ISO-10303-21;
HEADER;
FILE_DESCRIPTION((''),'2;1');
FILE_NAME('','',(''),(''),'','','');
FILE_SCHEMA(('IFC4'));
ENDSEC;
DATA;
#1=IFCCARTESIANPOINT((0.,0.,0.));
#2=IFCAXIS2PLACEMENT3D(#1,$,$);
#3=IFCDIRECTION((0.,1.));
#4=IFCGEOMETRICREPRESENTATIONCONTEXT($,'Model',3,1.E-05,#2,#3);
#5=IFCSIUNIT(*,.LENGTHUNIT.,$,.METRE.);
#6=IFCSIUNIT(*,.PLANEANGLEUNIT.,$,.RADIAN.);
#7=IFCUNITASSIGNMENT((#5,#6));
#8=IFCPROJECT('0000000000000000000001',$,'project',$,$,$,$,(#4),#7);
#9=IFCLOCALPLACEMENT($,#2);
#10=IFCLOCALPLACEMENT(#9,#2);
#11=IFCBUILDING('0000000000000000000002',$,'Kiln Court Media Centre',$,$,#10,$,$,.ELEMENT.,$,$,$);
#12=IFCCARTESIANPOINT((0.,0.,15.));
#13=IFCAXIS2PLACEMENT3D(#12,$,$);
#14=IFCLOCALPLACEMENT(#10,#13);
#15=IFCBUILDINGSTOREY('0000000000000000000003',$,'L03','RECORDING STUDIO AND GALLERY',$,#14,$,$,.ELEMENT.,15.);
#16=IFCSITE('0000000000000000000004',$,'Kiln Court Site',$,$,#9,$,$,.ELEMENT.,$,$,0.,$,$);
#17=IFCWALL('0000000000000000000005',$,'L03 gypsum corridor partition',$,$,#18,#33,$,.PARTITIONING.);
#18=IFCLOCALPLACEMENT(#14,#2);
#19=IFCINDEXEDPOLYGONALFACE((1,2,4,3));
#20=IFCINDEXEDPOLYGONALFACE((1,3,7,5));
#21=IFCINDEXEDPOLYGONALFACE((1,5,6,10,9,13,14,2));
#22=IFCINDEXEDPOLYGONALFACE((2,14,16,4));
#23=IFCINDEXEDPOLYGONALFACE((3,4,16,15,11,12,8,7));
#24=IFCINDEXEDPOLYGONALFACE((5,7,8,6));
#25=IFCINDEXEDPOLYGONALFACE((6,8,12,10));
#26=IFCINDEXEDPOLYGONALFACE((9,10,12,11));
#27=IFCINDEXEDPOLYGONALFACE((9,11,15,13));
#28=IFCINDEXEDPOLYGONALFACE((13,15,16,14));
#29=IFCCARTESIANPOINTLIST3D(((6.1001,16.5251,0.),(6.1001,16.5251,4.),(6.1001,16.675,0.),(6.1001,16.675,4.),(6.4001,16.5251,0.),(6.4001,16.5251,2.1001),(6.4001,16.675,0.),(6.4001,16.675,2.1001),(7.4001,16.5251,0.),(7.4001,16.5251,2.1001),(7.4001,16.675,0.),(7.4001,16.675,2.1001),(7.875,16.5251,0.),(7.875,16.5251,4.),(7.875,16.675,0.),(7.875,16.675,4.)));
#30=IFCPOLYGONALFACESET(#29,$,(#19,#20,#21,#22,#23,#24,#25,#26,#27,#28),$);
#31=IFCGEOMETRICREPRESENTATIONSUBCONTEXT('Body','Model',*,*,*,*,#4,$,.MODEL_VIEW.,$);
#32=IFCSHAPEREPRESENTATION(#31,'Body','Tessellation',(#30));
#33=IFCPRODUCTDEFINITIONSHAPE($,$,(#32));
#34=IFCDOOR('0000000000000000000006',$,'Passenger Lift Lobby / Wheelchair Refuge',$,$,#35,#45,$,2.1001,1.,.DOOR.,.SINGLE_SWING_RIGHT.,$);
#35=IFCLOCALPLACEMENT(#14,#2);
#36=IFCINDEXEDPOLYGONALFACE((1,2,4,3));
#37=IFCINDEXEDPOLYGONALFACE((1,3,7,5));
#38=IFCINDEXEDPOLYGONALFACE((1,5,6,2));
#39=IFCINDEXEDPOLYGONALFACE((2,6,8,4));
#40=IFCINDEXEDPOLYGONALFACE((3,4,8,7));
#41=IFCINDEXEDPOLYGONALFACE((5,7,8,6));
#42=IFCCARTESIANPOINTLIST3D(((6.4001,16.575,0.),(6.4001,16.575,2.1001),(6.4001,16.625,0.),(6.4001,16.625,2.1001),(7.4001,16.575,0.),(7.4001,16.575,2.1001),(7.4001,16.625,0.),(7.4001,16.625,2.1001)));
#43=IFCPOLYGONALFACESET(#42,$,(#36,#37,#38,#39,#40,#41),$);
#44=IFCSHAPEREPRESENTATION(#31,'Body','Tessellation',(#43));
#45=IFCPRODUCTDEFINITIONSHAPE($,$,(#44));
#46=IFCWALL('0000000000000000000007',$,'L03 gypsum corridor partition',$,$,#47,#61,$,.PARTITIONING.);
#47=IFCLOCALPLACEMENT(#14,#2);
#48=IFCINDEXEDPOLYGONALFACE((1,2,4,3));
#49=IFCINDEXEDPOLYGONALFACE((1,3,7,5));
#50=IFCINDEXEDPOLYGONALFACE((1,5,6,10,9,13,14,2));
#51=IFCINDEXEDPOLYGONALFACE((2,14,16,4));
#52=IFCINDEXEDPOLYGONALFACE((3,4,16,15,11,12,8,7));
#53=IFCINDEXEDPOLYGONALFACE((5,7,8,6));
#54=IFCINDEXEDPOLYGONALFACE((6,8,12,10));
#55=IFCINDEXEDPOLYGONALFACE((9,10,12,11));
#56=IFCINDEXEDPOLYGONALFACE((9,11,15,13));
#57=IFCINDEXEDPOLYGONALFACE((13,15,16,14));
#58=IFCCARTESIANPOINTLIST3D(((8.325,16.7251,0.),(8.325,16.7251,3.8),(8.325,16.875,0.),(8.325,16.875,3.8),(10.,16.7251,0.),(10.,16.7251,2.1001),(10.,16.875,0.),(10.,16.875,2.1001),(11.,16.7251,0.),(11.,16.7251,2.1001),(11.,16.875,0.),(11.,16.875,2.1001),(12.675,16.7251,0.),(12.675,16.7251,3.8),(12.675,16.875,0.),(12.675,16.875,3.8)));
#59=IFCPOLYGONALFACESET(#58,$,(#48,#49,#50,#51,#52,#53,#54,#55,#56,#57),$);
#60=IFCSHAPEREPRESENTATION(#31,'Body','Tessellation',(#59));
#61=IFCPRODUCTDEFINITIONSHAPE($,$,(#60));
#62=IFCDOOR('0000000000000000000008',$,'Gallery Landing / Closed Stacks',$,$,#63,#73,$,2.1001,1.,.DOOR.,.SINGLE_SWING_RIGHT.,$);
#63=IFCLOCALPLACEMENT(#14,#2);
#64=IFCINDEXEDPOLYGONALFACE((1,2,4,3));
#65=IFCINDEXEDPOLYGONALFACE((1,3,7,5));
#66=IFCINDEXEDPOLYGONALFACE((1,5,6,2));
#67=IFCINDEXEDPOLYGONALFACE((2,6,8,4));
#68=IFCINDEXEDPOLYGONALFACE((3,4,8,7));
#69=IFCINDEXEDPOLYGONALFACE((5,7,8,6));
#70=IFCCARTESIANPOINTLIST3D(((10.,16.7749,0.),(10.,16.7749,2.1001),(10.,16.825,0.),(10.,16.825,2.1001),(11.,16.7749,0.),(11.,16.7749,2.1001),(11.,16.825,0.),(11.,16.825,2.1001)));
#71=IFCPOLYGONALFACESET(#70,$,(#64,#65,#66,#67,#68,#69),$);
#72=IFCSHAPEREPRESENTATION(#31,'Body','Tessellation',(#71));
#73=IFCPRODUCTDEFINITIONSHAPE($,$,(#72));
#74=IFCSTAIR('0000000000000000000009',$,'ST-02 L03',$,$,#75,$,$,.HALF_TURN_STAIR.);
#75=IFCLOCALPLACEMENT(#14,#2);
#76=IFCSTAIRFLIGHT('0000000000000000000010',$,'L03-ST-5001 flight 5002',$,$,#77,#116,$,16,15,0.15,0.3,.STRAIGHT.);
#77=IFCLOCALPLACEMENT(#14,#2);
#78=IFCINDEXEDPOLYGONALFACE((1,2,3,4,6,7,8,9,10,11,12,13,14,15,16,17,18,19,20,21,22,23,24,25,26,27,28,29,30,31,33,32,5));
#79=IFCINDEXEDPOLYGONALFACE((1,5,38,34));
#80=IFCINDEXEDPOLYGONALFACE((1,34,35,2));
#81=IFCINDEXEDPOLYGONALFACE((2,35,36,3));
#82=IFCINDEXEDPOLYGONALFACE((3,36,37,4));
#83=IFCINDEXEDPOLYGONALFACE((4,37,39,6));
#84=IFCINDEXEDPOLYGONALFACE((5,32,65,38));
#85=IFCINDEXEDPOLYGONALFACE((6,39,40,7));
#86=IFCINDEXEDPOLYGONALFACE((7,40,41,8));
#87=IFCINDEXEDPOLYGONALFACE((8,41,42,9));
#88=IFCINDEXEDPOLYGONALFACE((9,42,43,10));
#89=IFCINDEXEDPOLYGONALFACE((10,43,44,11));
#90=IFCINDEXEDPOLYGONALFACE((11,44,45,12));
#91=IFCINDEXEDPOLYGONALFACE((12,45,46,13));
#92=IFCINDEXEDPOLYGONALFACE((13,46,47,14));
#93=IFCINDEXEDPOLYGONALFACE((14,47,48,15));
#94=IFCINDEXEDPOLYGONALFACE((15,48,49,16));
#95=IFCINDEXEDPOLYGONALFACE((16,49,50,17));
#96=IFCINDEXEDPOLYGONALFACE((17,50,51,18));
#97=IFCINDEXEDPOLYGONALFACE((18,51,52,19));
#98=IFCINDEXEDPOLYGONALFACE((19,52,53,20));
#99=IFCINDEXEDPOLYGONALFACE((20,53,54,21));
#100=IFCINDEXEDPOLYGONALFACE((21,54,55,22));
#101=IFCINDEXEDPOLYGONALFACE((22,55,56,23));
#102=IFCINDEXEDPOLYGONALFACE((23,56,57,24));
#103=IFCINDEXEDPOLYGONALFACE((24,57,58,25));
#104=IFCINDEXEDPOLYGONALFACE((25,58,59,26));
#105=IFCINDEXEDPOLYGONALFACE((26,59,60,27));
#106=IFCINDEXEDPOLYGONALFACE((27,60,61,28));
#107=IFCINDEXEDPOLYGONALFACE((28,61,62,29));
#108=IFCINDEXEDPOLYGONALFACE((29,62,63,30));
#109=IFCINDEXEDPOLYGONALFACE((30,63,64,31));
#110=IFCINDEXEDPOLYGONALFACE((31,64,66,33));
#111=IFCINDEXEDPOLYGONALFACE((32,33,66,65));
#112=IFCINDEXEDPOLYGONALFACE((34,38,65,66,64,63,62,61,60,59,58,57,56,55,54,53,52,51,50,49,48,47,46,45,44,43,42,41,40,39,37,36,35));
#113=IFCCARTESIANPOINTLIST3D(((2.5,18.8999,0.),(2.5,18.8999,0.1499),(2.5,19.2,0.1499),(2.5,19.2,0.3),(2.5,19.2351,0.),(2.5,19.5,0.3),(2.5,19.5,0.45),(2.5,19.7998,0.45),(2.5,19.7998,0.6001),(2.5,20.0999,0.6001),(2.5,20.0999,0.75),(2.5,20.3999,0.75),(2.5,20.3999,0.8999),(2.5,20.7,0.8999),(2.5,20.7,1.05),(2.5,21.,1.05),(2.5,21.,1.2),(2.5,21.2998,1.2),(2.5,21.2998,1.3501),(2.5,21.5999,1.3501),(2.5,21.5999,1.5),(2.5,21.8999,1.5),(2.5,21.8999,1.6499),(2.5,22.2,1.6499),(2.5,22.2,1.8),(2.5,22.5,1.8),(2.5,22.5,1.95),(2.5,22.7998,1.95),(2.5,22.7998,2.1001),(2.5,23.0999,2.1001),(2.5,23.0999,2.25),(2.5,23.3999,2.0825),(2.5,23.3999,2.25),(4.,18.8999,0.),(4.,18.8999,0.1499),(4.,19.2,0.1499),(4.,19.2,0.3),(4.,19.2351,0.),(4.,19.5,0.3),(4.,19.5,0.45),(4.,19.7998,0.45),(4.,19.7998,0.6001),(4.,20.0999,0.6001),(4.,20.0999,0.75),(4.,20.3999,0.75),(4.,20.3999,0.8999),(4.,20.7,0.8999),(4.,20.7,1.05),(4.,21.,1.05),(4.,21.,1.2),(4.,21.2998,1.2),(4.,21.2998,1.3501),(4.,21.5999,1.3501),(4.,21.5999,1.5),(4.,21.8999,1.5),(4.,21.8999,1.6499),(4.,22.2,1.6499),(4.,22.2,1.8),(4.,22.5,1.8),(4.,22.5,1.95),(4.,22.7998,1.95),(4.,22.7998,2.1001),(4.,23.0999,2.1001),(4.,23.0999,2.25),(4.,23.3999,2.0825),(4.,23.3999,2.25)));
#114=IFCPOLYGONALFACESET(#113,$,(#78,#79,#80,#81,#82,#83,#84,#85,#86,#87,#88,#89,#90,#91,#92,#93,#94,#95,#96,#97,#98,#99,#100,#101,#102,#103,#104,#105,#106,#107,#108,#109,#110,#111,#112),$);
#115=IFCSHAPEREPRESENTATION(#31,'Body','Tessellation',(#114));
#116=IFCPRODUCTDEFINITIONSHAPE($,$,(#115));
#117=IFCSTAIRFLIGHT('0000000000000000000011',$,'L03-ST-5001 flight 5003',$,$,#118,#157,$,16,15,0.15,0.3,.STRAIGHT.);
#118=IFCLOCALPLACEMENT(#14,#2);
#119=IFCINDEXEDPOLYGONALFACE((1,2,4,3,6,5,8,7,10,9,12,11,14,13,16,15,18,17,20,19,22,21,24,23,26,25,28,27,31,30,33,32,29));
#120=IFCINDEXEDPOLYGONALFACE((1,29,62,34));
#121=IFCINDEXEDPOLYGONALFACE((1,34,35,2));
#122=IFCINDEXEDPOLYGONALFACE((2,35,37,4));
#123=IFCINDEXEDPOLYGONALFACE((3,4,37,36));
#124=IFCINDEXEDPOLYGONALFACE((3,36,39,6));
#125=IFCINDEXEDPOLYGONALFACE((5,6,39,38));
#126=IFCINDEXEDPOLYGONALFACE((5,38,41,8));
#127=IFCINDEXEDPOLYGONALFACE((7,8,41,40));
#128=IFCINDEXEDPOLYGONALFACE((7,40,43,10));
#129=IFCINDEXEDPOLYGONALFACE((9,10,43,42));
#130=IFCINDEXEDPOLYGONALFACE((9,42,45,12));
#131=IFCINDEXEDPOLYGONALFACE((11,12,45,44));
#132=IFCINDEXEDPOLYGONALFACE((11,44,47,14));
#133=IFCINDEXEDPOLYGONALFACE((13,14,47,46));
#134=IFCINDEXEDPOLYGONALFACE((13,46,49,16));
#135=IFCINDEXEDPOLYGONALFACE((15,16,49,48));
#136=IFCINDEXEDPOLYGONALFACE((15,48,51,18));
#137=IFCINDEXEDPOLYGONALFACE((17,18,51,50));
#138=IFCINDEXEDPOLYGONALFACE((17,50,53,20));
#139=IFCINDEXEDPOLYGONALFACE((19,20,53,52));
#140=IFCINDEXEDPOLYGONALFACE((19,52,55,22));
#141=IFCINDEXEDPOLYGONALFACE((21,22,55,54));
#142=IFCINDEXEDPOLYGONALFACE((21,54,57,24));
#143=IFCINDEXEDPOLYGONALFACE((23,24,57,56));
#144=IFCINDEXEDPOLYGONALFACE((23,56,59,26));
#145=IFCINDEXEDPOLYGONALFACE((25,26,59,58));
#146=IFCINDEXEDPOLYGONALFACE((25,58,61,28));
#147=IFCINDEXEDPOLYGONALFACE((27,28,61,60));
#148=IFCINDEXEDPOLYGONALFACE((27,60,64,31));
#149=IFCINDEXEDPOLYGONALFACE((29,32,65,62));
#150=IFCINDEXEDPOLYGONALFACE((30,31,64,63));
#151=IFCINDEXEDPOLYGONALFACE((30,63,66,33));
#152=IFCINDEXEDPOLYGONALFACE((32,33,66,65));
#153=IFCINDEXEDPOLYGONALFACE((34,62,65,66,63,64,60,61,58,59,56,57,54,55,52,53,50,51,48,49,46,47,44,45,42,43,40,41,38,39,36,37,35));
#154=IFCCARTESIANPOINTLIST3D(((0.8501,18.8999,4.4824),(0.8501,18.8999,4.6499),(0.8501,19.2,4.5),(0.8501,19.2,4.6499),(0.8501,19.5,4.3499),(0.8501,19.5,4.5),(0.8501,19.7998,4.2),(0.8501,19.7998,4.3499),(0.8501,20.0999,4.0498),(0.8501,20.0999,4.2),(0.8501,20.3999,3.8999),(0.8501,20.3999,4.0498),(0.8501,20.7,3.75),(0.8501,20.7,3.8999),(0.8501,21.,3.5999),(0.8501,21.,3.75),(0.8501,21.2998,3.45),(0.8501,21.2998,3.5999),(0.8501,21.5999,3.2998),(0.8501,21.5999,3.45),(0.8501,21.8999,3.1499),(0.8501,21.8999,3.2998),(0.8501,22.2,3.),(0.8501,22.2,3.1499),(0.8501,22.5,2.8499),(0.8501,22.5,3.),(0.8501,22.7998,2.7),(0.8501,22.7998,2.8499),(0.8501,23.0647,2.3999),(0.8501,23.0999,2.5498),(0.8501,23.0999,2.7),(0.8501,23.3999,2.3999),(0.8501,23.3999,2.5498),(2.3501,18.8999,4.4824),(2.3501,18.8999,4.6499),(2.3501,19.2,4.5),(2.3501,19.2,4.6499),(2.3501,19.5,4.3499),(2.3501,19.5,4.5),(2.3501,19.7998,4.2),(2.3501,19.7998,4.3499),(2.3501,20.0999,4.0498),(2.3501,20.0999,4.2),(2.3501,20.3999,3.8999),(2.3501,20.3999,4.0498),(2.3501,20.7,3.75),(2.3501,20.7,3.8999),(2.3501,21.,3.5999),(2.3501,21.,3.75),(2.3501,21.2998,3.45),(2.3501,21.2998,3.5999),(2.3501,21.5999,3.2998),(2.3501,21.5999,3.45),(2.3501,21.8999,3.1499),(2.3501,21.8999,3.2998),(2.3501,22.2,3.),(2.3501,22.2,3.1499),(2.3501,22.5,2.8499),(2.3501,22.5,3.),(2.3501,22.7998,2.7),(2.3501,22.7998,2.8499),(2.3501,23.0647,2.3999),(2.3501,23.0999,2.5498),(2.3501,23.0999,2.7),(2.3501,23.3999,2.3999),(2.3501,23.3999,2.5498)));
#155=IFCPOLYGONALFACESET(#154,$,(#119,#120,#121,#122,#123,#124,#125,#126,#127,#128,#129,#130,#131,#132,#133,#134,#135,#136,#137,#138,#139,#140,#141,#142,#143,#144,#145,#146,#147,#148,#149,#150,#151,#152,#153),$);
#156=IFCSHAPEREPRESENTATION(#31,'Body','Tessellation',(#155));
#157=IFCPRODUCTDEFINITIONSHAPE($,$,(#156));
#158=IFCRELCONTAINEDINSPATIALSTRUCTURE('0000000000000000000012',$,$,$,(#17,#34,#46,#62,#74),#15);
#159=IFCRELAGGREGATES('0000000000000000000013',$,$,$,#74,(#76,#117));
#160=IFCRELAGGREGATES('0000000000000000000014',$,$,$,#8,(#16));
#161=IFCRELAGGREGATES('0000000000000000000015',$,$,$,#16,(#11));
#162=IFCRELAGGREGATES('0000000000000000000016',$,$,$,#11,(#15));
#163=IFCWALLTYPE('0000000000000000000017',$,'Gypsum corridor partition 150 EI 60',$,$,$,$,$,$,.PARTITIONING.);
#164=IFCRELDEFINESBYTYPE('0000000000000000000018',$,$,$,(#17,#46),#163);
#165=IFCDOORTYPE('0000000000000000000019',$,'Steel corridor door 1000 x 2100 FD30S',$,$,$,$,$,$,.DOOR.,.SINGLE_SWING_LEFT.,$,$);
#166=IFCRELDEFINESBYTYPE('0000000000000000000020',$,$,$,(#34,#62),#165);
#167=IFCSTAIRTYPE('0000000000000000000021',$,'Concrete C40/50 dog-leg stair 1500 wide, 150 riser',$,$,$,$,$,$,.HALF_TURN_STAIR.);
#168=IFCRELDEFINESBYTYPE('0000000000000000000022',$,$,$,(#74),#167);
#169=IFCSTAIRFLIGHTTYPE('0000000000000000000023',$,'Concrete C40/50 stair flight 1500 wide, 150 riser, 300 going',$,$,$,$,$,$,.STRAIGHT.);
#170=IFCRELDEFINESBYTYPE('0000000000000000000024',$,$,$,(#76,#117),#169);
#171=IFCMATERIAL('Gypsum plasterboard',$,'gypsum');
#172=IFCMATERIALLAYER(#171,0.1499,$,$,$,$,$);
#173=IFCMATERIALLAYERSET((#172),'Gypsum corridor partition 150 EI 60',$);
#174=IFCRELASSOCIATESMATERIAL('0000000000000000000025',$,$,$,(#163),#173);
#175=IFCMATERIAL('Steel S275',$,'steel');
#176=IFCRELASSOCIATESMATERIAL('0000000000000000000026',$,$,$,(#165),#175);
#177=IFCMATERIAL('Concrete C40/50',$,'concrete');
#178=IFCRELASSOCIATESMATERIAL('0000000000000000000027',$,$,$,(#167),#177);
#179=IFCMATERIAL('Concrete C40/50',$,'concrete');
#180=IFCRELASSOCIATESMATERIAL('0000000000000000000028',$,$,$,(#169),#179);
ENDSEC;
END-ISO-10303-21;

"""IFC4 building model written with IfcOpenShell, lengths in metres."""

from ifc_helpers import new_model, si_unit, direction, frame, frame_2d, origin, place, context, subcontext, project, spatial, polyline, rectangle, outline, extrude, material, layer, layer_set, type_object, element, fill, aggregate, save


model = new_model("IFC4")

# Units and contexts
model_context = context("Model", 3, precision=1e-05, world=origin(), true_north=direction((0.0, 1.0)))
body_context = subcontext(model_context, "Body", "Model", "MODEL_VIEW")
ifc_project = project(units=[si_unit("LENGTHUNIT", "METRE"), si_unit("PLANEANGLEUNIT", "RADIAN")], contexts=[model_context])

# Site, building, storey
site_placement = place(None, origin())
site = spatial("IfcSite", under=ifc_project, at=site_placement, Name="Kiln Court Site", CompositionType="ELEMENT", RefElevation=0.0)
building_placement = place(site_placement, origin())
building = spatial("IfcBuilding", under=site, at=building_placement, Name="Kiln Court Media Centre", CompositionType="ELEMENT")
storey_placement = place(building_placement, frame((0.0, 0.0, 15.0)))
storey = spatial("IfcBuildingStorey", under=building, at=storey_placement, Name="L03", Description="RECORDING STUDIO AND GALLERY", CompositionType="ELEMENT", Elevation=15.0)

# Walls, openings, doors
ifc_material_1 = material(Name="Gypsum plasterboard", Category="gypsum")
ifc_layer_1 = layer(ifc_material_1, 0.1499)
ifc_layer_set_1 = layer_set([ifc_layer_1], Name="Gypsum corridor partition 150 EI 60")
wall_type_1 = type_object("IfcWallType", Name="Gypsum corridor partition 150 EI 60", PredefinedType="PARTITIONING", material=ifc_layer_set_1)
wall_1_placement = place(storey_placement, frame((6.1001, 16.6001, 0.0), z_axis=(0.0, 0.0, 1.0), x_axis=(1.0, 0.0, 0.0)))
wall_1 = element("IfcWall", 1, at=wall_1_placement, inside=storey, type_object=wall_type_1, Name="L03 gypsum corridor partition", PredefinedType="PARTITIONING", context=body_context, shape_type="SweptSolid", body=[
    extrude(rectangle(XDim=1.7749, YDim=0.1499, at=frame_2d((0.8875, 0.0))), origin(), (0.0, 0.0, 1.0), 4.0),
])
opening_1_placement = place(wall_1_placement, frame((0.3, 0.0, 0.0)))
opening_1 = element("IfcOpeningElement", 2, at=opening_1_placement, cuts=wall_1, PredefinedType="OPENING", context=body_context, shape_type="SweptSolid", body=[
    extrude(rectangle(XDim=1.0, YDim=2.1001, at=frame_2d((0.5, 1.05))), frame((0.0, 0.085, 0.0), z_axis=(0.0, -1.0, 0.0), x_axis=(1.0, 0.0, 0.0)), (0.0, 0.0, 1.0), 0.1699),
])
ifc_material_2 = material(Name="Steel S275", Category="steel")
door_type_1 = type_object("IfcDoorType", Name="Steel corridor door 1000 x 2100 FD30S", OperationType="SINGLE_SWING_LEFT", PredefinedType="DOOR", material=ifc_material_2)
door_1_placement = place(opening_1_placement, origin())
door_1 = element("IfcDoor", 3, at=door_1_placement, inside=storey, type_object=door_type_1, Name="Passenger Lift Lobby / Wheelchair Refuge", OperationType="SINGLE_SWING_RIGHT", OverallHeight=2.1001, OverallWidth=1.0, PredefinedType="DOOR", context=body_context, shape_type="SweptSolid", body=[
    extrude(rectangle(XDim=1.0, YDim=2.1001, at=frame_2d((0.5, 1.05))), frame((0.0, 0.0249, 0.0), z_axis=(0.0, -1.0, 0.0), x_axis=(1.0, 0.0, 0.0)), (0.0, 0.0, 1.0), 0.05),
])
fill(opening_1, door_1)
wall_2_placement = place(storey_placement, frame((8.325, 16.8, 0.0), z_axis=(0.0, 0.0, 1.0), x_axis=(1.0, 0.0, 0.0)))
wall_2 = element("IfcWall", 4, at=wall_2_placement, inside=storey, type_object=wall_type_1, Name="L03 gypsum corridor partition", PredefinedType="PARTITIONING", context=body_context, shape_type="SweptSolid", body=[
    extrude(rectangle(XDim=4.3501, YDim=0.1499, at=frame_2d((2.175, 0.0))), origin(), (0.0, 0.0, 1.0), 3.8),
])
opening_2_placement = place(wall_2_placement, frame((1.675, 0.0, 0.0)))
opening_2 = element("IfcOpeningElement", 5, at=opening_2_placement, cuts=wall_2, PredefinedType="OPENING", context=body_context, shape_type="SweptSolid", body=[
    extrude(rectangle(XDim=1.0, YDim=2.1001, at=frame_2d((0.5, 1.05))), frame((0.0, 0.085, 0.0), z_axis=(0.0, -1.0, 0.0), x_axis=(1.0, 0.0, 0.0)), (0.0, 0.0, 1.0), 0.1699),
])
door_2_placement = place(opening_2_placement, origin())
door_2 = element("IfcDoor", 6, at=door_2_placement, inside=storey, type_object=door_type_1, Name="Gallery Landing / Closed Stacks", OperationType="SINGLE_SWING_RIGHT", OverallHeight=2.1001, OverallWidth=1.0, PredefinedType="DOOR", context=body_context, shape_type="SweptSolid", body=[
    extrude(rectangle(XDim=1.0, YDim=2.1001, at=frame_2d((0.5, 1.05))), frame((0.0, 0.0249, 0.0), z_axis=(0.0, -1.0, 0.0), x_axis=(1.0, 0.0, 0.0)), (0.0, 0.0, 1.0), 0.05),
])
fill(opening_2, door_2)

# Stair, stair flights
ifc_material_3 = material(Name="Concrete C40/50", Category="concrete")
stair_type = type_object("IfcStairType", Name="Concrete C40/50 dog-leg stair 1500 wide, 150 riser", PredefinedType="HALF_TURN_STAIR", material=ifc_material_3)
stair_placement = place(storey_placement, origin())
stair = element("IfcStair", 7, at=stair_placement, inside=storey, type_object=stair_type, Name="ST-02 L03", PredefinedType="HALF_TURN_STAIR")
ifc_material_4 = material(Name="Concrete C40/50", Category="concrete")
stair_flight_type = type_object("IfcStairFlightType", Name="Concrete C40/50 stair flight 1500 wide, 150 riser, 300 going", PredefinedType="STRAIGHT", material=ifc_material_4)
stair_flight_1_placement = place(storey_placement, frame((3.25, 18.8999, 0.0), z_axis=(0.0, 0.0, 1.0), x_axis=(0.0, 1.0, 0.0)))
stair_flight_1 = element("IfcStairFlight", 8, at=stair_flight_1_placement, type_object=stair_flight_type, Name="L03-ST-5001 flight 5002", NumberOfRisers=16, NumberOfTreads=15, PredefinedType="STRAIGHT", RiserHeight=0.15, TreadLength=0.3, context=body_context, shape_type="SweptSolid", body=[
    extrude(outline(polyline([(0.0, 0.0), (0.0, 0.1499), (0.3, 0.1499), (0.3, 0.3), (0.6001, 0.3), (0.6001, 0.45), (0.8999, 0.45), (0.8999, 0.6001), (1.2, 0.6001), (1.2, 0.75), (1.5, 0.75), (1.5, 0.8999), (1.8, 0.8999), (1.8, 1.05), (2.1001, 1.05), (2.1001, 1.2), (2.3999, 1.2), (2.3999, 1.3501), (2.7, 1.3501), (2.7, 1.5), (3.0, 1.5), (3.0, 1.6499), (3.3, 1.6499), (3.3, 1.8), (3.6001, 1.8), (3.6001, 1.95), (3.8999, 1.95), (3.8999, 2.1001), (4.2, 2.1001), (4.2, 2.25), (4.5, 2.25), (4.5, 2.3999), (4.5, 2.0825), (0.3352, 0.0), (0.0, 0.0)])), frame((0.0, 0.75, 0.0), z_axis=(0.0, -1.0, 0.0), x_axis=(1.0, 0.0, 0.0)), (0.0, 0.0, 1.0), 1.5),
])
stair_flight_2_placement = place(storey_placement, frame((1.6001, 23.3999, 2.3999), z_axis=(0.0, 0.0, 1.0), x_axis=(0.0, -1.0, 0.0)))
stair_flight_2 = element("IfcStairFlight", 9, at=stair_flight_2_placement, type_object=stair_flight_type, Name="L03-ST-5001 flight 5003", NumberOfRisers=16, NumberOfTreads=15, PredefinedType="STRAIGHT", RiserHeight=0.15, TreadLength=0.3, context=body_context, shape_type="SweptSolid", body=[
    extrude(outline(polyline([(0.0, 0.0), (0.0, 0.1499), (0.3, 0.1499), (0.3, 0.3), (0.6001, 0.3), (0.6001, 0.45), (0.8999, 0.45), (0.8999, 0.6001), (1.2, 0.6001), (1.2, 0.75), (1.5, 0.75), (1.5, 0.8999), (1.8, 0.8999), (1.8, 1.05), (2.1001, 1.05), (2.1001, 1.2), (2.3999, 1.2), (2.3999, 1.3501), (2.7, 1.3501), (2.7, 1.5), (3.0, 1.5), (3.0, 1.6499), (3.3, 1.6499), (3.3, 1.8), (3.6001, 1.8), (3.6001, 1.95), (3.8999, 1.95), (3.8999, 2.1001), (4.2, 2.1001), (4.2, 2.25), (4.5, 2.25), (4.5, 2.3999), (4.5, 2.0825), (0.3352, 0.0), (0.0, 0.0)])), frame((0.0, 0.75, 0.0), z_axis=(0.0, -1.0, 0.0), x_axis=(1.0, 0.0, 0.0)), (0.0, 0.0, 1.0), 1.5),
])
aggregate(stair, [stair_flight_1, stair_flight_2])

save(model, "model.ifc")
